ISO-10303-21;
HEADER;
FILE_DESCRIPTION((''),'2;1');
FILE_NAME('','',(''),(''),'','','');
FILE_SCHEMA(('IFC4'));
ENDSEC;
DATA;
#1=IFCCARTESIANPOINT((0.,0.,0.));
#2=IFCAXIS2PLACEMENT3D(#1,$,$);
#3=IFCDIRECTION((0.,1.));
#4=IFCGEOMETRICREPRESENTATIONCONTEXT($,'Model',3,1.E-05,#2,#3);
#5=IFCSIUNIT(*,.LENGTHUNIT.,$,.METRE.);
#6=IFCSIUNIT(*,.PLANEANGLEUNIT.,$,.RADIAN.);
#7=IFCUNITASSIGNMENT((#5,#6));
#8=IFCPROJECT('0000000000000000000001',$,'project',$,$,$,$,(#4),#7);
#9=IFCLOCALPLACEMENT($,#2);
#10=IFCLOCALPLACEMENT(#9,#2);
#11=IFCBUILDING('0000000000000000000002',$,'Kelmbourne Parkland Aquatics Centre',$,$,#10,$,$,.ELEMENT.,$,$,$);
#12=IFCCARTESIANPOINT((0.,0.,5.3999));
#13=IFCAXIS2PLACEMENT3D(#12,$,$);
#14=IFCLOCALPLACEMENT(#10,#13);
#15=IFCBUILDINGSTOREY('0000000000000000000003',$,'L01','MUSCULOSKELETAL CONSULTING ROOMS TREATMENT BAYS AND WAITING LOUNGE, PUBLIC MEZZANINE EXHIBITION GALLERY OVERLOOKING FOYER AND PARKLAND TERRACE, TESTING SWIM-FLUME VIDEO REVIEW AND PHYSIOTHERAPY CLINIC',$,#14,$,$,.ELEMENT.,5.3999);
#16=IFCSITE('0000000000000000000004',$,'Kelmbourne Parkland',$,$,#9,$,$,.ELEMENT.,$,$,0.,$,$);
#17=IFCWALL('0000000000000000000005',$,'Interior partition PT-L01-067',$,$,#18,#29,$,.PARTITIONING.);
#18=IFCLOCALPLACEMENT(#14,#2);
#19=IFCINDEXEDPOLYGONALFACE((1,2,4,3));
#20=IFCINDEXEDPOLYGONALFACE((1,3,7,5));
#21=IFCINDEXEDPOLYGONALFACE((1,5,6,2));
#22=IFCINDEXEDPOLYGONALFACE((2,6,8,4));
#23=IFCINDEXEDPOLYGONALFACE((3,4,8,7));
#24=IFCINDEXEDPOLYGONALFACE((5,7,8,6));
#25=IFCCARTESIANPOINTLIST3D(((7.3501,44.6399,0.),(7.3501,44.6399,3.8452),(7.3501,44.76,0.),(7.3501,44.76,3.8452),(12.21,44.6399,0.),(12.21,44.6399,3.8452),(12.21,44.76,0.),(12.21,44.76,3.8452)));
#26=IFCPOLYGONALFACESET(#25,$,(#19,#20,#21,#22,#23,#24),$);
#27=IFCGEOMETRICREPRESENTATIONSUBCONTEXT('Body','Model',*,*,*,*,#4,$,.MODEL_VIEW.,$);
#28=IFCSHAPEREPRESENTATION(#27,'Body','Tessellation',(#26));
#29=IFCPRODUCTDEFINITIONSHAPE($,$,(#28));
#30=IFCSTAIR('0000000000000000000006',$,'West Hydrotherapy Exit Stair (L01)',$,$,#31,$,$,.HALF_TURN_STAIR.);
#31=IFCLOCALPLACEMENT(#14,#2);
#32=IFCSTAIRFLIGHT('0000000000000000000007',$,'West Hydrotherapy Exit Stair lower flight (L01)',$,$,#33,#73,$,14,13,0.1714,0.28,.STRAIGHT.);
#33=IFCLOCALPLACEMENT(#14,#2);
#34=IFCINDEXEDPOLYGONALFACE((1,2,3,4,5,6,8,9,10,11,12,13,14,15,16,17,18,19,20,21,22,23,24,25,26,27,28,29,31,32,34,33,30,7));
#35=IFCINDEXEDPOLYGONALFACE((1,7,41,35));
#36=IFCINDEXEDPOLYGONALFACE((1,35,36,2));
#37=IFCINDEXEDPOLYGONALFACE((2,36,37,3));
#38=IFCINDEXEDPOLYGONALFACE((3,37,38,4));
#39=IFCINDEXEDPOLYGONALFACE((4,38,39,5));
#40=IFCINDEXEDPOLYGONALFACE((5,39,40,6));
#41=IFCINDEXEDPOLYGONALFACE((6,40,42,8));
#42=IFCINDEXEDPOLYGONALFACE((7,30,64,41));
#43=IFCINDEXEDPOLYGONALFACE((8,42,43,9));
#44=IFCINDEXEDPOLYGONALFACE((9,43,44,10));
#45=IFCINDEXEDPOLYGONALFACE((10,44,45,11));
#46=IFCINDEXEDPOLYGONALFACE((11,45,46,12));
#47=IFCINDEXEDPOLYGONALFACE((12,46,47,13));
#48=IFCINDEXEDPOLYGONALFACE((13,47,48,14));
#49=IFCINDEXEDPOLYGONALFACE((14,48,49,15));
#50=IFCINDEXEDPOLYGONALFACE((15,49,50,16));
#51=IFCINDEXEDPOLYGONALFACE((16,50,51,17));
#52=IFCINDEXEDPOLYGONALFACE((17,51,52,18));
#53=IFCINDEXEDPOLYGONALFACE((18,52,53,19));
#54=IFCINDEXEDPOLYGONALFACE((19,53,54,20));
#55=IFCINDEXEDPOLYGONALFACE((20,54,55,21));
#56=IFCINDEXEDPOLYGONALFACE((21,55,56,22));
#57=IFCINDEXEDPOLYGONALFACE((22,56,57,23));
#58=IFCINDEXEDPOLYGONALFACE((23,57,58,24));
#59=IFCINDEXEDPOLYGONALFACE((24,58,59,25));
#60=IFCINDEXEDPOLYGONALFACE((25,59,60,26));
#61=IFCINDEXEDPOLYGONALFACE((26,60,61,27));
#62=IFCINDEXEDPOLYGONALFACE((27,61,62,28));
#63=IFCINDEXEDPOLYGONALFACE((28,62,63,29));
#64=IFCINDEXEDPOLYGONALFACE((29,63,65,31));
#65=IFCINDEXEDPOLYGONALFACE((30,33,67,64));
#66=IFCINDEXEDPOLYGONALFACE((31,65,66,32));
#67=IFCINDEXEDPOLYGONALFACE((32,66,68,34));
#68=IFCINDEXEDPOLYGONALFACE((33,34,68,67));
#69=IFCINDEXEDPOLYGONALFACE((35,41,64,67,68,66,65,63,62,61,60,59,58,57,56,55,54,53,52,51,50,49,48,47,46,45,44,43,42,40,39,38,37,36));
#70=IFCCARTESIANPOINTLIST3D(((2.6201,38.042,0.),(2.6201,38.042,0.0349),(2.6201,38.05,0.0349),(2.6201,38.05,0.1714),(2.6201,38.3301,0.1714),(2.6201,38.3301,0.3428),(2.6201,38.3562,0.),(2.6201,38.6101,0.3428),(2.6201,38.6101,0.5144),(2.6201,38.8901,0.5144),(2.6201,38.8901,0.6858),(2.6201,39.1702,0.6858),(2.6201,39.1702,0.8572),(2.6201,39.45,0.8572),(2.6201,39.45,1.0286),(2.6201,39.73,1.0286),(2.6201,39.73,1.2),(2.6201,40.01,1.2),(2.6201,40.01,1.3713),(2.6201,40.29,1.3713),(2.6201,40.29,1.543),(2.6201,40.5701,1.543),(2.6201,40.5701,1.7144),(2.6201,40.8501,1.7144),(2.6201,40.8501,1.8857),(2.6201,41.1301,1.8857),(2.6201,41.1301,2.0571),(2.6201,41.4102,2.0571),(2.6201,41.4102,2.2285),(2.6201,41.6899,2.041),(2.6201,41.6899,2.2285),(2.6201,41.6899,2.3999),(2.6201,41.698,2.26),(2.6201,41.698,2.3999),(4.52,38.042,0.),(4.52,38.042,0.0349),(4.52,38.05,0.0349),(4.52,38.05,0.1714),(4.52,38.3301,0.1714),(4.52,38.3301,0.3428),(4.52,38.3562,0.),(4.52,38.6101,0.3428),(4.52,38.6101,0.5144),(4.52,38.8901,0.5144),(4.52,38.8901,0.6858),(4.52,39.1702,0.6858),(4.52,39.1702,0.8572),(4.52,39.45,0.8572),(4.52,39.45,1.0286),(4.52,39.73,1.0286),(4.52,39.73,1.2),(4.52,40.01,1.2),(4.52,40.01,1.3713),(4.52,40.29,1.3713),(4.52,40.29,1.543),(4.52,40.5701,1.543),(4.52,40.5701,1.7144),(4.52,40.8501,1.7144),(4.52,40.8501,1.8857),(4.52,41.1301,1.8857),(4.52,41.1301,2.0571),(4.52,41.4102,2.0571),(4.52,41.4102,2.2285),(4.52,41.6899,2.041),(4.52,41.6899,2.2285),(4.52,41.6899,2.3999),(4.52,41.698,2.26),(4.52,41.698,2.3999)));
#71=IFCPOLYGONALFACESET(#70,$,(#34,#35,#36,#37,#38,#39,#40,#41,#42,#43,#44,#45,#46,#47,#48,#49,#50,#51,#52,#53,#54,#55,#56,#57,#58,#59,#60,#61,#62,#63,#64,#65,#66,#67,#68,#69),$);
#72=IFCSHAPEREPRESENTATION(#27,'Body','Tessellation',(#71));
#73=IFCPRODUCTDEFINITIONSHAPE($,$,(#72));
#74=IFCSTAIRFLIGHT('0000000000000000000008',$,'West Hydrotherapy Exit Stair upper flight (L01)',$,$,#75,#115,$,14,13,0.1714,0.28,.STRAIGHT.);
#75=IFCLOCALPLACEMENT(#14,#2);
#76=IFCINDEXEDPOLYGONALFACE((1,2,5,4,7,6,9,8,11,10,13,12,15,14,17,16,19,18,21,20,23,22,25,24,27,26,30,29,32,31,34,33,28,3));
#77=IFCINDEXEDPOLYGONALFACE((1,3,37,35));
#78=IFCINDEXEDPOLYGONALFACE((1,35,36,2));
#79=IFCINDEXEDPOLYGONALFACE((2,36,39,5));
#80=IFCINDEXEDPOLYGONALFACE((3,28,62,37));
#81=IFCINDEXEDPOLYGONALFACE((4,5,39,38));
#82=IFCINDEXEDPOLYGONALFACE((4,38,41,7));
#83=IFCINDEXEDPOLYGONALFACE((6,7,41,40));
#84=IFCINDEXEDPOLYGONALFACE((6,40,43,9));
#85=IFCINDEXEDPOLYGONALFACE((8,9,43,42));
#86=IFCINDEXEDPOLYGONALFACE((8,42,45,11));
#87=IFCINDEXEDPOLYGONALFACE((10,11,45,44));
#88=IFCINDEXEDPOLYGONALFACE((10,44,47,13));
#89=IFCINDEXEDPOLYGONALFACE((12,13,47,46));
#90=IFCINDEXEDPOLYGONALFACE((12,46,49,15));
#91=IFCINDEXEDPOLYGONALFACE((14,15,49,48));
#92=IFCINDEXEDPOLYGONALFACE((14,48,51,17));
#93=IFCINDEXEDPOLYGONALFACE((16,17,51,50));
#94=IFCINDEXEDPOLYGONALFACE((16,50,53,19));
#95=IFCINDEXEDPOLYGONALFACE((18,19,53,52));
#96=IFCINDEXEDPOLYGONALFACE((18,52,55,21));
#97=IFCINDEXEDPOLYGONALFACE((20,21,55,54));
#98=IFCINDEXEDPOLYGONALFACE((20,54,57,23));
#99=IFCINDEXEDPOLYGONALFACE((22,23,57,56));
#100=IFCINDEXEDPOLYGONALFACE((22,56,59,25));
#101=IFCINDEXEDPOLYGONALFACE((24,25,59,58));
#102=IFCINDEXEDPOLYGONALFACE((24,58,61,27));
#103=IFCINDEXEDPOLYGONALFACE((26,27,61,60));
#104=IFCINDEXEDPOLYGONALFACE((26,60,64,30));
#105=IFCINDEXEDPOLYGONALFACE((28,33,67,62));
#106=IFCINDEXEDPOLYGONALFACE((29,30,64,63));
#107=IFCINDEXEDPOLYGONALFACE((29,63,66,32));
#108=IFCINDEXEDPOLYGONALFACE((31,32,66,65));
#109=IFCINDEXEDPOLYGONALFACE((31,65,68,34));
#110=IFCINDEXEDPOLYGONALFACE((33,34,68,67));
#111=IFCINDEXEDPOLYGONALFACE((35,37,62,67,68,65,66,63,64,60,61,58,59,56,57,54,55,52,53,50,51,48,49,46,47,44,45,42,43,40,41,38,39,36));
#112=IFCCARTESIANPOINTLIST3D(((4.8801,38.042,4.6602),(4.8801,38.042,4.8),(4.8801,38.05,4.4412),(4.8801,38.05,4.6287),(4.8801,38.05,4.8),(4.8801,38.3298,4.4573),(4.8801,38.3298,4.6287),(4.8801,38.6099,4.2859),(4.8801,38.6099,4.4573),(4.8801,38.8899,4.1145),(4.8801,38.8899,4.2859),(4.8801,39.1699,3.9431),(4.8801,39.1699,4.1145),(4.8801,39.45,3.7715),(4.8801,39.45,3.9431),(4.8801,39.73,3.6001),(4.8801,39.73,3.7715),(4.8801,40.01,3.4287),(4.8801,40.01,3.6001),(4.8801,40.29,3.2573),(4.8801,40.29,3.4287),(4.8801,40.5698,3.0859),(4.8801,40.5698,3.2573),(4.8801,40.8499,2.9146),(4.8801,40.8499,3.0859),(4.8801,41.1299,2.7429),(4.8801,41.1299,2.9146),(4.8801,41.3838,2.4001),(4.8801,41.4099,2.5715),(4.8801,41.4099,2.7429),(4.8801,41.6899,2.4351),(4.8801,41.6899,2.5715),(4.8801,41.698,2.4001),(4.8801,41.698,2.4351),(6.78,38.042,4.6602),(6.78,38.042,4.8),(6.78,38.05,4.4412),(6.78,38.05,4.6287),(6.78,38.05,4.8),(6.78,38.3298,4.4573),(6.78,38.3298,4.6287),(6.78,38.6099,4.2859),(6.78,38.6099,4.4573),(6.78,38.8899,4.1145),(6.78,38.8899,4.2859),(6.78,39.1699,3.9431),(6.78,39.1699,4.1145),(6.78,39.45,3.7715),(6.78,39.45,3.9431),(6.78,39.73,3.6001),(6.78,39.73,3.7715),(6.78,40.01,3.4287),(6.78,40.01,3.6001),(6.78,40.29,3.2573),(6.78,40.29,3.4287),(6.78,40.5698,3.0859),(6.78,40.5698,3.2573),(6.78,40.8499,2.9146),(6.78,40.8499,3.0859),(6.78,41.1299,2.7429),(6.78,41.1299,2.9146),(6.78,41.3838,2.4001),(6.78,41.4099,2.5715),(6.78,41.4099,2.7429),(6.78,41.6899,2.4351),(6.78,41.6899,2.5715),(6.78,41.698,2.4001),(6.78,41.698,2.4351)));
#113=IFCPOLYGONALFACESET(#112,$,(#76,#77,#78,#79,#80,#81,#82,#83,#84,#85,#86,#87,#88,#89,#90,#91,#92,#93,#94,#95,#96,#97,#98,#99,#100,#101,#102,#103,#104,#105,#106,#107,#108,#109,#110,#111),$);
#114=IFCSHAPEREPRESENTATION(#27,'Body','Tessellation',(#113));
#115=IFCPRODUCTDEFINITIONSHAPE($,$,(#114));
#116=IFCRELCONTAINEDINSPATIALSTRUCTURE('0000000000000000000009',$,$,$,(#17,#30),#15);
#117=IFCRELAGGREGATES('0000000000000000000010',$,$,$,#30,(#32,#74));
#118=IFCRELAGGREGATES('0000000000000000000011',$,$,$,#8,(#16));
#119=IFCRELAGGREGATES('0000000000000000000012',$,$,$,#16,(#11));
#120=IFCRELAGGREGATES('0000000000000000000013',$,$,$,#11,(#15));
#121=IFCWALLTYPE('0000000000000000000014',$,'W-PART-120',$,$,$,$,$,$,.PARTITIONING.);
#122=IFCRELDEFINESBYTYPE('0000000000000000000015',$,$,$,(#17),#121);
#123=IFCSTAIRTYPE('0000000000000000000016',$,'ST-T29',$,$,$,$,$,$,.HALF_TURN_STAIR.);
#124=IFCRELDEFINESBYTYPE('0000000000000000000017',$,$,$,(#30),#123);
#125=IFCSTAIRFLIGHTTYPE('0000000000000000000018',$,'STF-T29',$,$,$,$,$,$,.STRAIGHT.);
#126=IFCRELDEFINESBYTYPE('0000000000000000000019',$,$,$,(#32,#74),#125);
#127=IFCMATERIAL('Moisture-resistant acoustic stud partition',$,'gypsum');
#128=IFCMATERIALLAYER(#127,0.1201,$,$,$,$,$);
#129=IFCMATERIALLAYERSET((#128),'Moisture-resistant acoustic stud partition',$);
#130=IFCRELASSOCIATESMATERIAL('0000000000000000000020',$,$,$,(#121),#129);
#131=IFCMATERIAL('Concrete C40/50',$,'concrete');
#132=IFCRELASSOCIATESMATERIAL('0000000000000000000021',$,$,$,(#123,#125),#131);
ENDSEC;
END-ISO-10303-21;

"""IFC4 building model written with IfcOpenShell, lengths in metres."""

from ifc_helpers import new_model, si_unit, direction, frame, frame_2d, origin, place, context, subcontext, project, spatial, polyline, rectangle, outline, extrude, material, layer, layer_set, type_object, element, aggregate, save


model = new_model("IFC4")

# Units and contexts
model_context = context("Model", 3, precision=1e-05, world=origin(), true_north=direction((0.0, 1.0)))
body_context = subcontext(model_context, "Body", "Model", "MODEL_VIEW")
ifc_project = project(units=[si_unit("LENGTHUNIT", "METRE"), si_unit("PLANEANGLEUNIT", "RADIAN")], contexts=[model_context])

# Site, building, storey
site_placement = place(None, origin())
site = spatial("IfcSite", under=ifc_project, at=site_placement, Name="Kelmbourne Parkland", CompositionType="ELEMENT", RefElevation=0.0)
building_placement = place(site_placement, origin())
building = spatial("IfcBuilding", under=site, at=building_placement, Name="Kelmbourne Parkland Aquatics Centre", CompositionType="ELEMENT")
storey_placement = place(building_placement, frame((0.0, 0.0, 5.3999)))
storey = spatial("IfcBuildingStorey", under=building, at=storey_placement, Name="L01", Description="MUSCULOSKELETAL CONSULTING ROOMS TREATMENT BAYS AND WAITING LOUNGE, PUBLIC MEZZANINE EXHIBITION GALLERY OVERLOOKING FOYER AND PARKLAND TERRACE, TESTING SWIM-FLUME VIDEO REVIEW AND PHYSIOTHERAPY CLINIC", CompositionType="ELEMENT", Elevation=5.3999)

# Shared definitions
ifc_material_1 = material(Name="Concrete C40/50", Category="concrete")

# Wall
ifc_material_2 = material(Name="Moisture-resistant acoustic stud partition", Category="gypsum")
ifc_layer_1 = layer(ifc_material_2, 0.1201)
ifc_layer_set_1 = layer_set([ifc_layer_1], Name="Moisture-resistant acoustic stud partition")
wall_type_1 = type_object("IfcWallType", Name="W-PART-120", PredefinedType="PARTITIONING", material=ifc_layer_set_1)
wall_1_placement = place(storey_placement, frame((7.3501, 44.7, 0.0), z_axis=(0.0, 0.0, 1.0), x_axis=(1.0, 0.0, 0.0)))
element("IfcWall", 1, at=wall_1_placement, inside=storey, type_object=wall_type_1, Name="Interior partition PT-L01-067", PredefinedType="PARTITIONING", context=body_context, shape_type="SweptSolid", body=[
    extrude(rectangle(XDim=4.8599, YDim=0.1201, at=frame_2d((2.4299, 0.0))), origin(), (0.0, 0.0, 1.0), 3.8452),
])

# Stair, stair flights
stair_type = type_object("IfcStairType", Name="ST-T29", PredefinedType="HALF_TURN_STAIR", material=ifc_material_1)
stair_placement = place(storey_placement, origin())
stair = element("IfcStair", 2, at=stair_placement, inside=storey, type_object=stair_type, Name="West Hydrotherapy Exit Stair (L01)", PredefinedType="HALF_TURN_STAIR")
stair_flight_type = type_object("IfcStairFlightType", Name="STF-T29", PredefinedType="STRAIGHT", material=ifc_material_1)
stair_flight_1_placement = place(storey_placement, frame((3.5701, 38.05, 0.0), z_axis=(0.0, 0.0, 1.0), x_axis=(0.0, 1.0, 0.0)))
stair_flight_1 = element("IfcStairFlight", 3, at=stair_flight_1_placement, type_object=stair_flight_type, Name="West Hydrotherapy Exit Stair lower flight (L01)", NumberOfRisers=14, NumberOfTreads=13, PredefinedType="STRAIGHT", RiserHeight=0.1714, TreadLength=0.28, context=body_context, shape_type="SweptSolid", body=[
    extrude(outline(polyline([(-0.0081, 0.0), (-0.0081, 0.0349), (0.0, 0.0349), (0.0, 0.1714), (0.28, 0.1714), (0.28, 0.3428), (0.5601, 0.3428), (0.5601, 0.5144), (0.8401, 0.5144), (0.8401, 0.6858), (1.1201, 0.6858), (1.1201, 0.8572), (1.3999, 0.8572), (1.3999, 1.0286), (1.6799, 1.0286), (1.6799, 1.2), (1.96, 1.2), (1.96, 1.3713), (2.24, 1.3713), (2.24, 1.543), (2.52, 1.543), (2.52, 1.7144), (2.8, 1.7144), (2.8, 1.8857), (3.0801, 1.8857), (3.0801, 2.0571), (3.3601, 2.0571), (3.3601, 2.2285), (3.6399, 2.2285), (3.6399, 2.3999), (3.6479, 2.3999), (3.6479, 2.26), (3.6399, 2.041), (0.3062, 0.0), (-0.0081, 0.0)])), frame((0.0, 0.95, 0.0), z_axis=(0.0, -1.0, 0.0), x_axis=(1.0, 0.0, 0.0)), (0.0, 0.0, 1.0), 1.8999),
])
stair_flight_2_placement = place(storey_placement, frame((5.8301, 41.6899, 2.4001), z_axis=(0.0, 0.0, 1.0), x_axis=(0.0, -1.0, 0.0)))
stair_flight_2 = element("IfcStairFlight", 4, at=stair_flight_2_placement, type_object=stair_flight_type, Name="West Hydrotherapy Exit Stair upper flight (L01)", NumberOfRisers=14, NumberOfTreads=13, PredefinedType="STRAIGHT", RiserHeight=0.1714, TreadLength=0.28, context=body_context, shape_type="SweptSolid", body=[
    extrude(outline(polyline([(-0.0081, 0.0), (-0.0081, 0.0349), (0.0, 0.0349), (0.0, 0.1714), (0.28, 0.1714), (0.28, 0.3428), (0.5601, 0.3428), (0.5601, 0.5144), (0.8401, 0.5144), (0.8401, 0.6858), (1.1201, 0.6858), (1.1201, 0.8572), (1.3999, 0.8572), (1.3999, 1.0286), (1.6799, 1.0286), (1.6799, 1.2), (1.96, 1.2), (1.96, 1.3713), (2.24, 1.3713), (2.24, 1.543), (2.52, 1.543), (2.52, 1.7144), (2.8, 1.7144), (2.8, 1.8857), (3.0801, 1.8857), (3.0801, 2.0571), (3.3601, 2.0571), (3.3601, 2.2285), (3.6399, 2.2285), (3.6399, 2.3999), (3.6479, 2.3999), (3.6479, 2.26), (3.6399, 2.041), (0.3062, 0.0), (-0.0081, 0.0)])), frame((0.0, 0.95, 0.0), z_axis=(0.0, -1.0, 0.0), x_axis=(1.0, 0.0, 0.0)), (0.0, 0.0, 1.0), 1.8999),
])
aggregate(stair, [stair_flight_1, stair_flight_2])

save(model, "model.ifc")
